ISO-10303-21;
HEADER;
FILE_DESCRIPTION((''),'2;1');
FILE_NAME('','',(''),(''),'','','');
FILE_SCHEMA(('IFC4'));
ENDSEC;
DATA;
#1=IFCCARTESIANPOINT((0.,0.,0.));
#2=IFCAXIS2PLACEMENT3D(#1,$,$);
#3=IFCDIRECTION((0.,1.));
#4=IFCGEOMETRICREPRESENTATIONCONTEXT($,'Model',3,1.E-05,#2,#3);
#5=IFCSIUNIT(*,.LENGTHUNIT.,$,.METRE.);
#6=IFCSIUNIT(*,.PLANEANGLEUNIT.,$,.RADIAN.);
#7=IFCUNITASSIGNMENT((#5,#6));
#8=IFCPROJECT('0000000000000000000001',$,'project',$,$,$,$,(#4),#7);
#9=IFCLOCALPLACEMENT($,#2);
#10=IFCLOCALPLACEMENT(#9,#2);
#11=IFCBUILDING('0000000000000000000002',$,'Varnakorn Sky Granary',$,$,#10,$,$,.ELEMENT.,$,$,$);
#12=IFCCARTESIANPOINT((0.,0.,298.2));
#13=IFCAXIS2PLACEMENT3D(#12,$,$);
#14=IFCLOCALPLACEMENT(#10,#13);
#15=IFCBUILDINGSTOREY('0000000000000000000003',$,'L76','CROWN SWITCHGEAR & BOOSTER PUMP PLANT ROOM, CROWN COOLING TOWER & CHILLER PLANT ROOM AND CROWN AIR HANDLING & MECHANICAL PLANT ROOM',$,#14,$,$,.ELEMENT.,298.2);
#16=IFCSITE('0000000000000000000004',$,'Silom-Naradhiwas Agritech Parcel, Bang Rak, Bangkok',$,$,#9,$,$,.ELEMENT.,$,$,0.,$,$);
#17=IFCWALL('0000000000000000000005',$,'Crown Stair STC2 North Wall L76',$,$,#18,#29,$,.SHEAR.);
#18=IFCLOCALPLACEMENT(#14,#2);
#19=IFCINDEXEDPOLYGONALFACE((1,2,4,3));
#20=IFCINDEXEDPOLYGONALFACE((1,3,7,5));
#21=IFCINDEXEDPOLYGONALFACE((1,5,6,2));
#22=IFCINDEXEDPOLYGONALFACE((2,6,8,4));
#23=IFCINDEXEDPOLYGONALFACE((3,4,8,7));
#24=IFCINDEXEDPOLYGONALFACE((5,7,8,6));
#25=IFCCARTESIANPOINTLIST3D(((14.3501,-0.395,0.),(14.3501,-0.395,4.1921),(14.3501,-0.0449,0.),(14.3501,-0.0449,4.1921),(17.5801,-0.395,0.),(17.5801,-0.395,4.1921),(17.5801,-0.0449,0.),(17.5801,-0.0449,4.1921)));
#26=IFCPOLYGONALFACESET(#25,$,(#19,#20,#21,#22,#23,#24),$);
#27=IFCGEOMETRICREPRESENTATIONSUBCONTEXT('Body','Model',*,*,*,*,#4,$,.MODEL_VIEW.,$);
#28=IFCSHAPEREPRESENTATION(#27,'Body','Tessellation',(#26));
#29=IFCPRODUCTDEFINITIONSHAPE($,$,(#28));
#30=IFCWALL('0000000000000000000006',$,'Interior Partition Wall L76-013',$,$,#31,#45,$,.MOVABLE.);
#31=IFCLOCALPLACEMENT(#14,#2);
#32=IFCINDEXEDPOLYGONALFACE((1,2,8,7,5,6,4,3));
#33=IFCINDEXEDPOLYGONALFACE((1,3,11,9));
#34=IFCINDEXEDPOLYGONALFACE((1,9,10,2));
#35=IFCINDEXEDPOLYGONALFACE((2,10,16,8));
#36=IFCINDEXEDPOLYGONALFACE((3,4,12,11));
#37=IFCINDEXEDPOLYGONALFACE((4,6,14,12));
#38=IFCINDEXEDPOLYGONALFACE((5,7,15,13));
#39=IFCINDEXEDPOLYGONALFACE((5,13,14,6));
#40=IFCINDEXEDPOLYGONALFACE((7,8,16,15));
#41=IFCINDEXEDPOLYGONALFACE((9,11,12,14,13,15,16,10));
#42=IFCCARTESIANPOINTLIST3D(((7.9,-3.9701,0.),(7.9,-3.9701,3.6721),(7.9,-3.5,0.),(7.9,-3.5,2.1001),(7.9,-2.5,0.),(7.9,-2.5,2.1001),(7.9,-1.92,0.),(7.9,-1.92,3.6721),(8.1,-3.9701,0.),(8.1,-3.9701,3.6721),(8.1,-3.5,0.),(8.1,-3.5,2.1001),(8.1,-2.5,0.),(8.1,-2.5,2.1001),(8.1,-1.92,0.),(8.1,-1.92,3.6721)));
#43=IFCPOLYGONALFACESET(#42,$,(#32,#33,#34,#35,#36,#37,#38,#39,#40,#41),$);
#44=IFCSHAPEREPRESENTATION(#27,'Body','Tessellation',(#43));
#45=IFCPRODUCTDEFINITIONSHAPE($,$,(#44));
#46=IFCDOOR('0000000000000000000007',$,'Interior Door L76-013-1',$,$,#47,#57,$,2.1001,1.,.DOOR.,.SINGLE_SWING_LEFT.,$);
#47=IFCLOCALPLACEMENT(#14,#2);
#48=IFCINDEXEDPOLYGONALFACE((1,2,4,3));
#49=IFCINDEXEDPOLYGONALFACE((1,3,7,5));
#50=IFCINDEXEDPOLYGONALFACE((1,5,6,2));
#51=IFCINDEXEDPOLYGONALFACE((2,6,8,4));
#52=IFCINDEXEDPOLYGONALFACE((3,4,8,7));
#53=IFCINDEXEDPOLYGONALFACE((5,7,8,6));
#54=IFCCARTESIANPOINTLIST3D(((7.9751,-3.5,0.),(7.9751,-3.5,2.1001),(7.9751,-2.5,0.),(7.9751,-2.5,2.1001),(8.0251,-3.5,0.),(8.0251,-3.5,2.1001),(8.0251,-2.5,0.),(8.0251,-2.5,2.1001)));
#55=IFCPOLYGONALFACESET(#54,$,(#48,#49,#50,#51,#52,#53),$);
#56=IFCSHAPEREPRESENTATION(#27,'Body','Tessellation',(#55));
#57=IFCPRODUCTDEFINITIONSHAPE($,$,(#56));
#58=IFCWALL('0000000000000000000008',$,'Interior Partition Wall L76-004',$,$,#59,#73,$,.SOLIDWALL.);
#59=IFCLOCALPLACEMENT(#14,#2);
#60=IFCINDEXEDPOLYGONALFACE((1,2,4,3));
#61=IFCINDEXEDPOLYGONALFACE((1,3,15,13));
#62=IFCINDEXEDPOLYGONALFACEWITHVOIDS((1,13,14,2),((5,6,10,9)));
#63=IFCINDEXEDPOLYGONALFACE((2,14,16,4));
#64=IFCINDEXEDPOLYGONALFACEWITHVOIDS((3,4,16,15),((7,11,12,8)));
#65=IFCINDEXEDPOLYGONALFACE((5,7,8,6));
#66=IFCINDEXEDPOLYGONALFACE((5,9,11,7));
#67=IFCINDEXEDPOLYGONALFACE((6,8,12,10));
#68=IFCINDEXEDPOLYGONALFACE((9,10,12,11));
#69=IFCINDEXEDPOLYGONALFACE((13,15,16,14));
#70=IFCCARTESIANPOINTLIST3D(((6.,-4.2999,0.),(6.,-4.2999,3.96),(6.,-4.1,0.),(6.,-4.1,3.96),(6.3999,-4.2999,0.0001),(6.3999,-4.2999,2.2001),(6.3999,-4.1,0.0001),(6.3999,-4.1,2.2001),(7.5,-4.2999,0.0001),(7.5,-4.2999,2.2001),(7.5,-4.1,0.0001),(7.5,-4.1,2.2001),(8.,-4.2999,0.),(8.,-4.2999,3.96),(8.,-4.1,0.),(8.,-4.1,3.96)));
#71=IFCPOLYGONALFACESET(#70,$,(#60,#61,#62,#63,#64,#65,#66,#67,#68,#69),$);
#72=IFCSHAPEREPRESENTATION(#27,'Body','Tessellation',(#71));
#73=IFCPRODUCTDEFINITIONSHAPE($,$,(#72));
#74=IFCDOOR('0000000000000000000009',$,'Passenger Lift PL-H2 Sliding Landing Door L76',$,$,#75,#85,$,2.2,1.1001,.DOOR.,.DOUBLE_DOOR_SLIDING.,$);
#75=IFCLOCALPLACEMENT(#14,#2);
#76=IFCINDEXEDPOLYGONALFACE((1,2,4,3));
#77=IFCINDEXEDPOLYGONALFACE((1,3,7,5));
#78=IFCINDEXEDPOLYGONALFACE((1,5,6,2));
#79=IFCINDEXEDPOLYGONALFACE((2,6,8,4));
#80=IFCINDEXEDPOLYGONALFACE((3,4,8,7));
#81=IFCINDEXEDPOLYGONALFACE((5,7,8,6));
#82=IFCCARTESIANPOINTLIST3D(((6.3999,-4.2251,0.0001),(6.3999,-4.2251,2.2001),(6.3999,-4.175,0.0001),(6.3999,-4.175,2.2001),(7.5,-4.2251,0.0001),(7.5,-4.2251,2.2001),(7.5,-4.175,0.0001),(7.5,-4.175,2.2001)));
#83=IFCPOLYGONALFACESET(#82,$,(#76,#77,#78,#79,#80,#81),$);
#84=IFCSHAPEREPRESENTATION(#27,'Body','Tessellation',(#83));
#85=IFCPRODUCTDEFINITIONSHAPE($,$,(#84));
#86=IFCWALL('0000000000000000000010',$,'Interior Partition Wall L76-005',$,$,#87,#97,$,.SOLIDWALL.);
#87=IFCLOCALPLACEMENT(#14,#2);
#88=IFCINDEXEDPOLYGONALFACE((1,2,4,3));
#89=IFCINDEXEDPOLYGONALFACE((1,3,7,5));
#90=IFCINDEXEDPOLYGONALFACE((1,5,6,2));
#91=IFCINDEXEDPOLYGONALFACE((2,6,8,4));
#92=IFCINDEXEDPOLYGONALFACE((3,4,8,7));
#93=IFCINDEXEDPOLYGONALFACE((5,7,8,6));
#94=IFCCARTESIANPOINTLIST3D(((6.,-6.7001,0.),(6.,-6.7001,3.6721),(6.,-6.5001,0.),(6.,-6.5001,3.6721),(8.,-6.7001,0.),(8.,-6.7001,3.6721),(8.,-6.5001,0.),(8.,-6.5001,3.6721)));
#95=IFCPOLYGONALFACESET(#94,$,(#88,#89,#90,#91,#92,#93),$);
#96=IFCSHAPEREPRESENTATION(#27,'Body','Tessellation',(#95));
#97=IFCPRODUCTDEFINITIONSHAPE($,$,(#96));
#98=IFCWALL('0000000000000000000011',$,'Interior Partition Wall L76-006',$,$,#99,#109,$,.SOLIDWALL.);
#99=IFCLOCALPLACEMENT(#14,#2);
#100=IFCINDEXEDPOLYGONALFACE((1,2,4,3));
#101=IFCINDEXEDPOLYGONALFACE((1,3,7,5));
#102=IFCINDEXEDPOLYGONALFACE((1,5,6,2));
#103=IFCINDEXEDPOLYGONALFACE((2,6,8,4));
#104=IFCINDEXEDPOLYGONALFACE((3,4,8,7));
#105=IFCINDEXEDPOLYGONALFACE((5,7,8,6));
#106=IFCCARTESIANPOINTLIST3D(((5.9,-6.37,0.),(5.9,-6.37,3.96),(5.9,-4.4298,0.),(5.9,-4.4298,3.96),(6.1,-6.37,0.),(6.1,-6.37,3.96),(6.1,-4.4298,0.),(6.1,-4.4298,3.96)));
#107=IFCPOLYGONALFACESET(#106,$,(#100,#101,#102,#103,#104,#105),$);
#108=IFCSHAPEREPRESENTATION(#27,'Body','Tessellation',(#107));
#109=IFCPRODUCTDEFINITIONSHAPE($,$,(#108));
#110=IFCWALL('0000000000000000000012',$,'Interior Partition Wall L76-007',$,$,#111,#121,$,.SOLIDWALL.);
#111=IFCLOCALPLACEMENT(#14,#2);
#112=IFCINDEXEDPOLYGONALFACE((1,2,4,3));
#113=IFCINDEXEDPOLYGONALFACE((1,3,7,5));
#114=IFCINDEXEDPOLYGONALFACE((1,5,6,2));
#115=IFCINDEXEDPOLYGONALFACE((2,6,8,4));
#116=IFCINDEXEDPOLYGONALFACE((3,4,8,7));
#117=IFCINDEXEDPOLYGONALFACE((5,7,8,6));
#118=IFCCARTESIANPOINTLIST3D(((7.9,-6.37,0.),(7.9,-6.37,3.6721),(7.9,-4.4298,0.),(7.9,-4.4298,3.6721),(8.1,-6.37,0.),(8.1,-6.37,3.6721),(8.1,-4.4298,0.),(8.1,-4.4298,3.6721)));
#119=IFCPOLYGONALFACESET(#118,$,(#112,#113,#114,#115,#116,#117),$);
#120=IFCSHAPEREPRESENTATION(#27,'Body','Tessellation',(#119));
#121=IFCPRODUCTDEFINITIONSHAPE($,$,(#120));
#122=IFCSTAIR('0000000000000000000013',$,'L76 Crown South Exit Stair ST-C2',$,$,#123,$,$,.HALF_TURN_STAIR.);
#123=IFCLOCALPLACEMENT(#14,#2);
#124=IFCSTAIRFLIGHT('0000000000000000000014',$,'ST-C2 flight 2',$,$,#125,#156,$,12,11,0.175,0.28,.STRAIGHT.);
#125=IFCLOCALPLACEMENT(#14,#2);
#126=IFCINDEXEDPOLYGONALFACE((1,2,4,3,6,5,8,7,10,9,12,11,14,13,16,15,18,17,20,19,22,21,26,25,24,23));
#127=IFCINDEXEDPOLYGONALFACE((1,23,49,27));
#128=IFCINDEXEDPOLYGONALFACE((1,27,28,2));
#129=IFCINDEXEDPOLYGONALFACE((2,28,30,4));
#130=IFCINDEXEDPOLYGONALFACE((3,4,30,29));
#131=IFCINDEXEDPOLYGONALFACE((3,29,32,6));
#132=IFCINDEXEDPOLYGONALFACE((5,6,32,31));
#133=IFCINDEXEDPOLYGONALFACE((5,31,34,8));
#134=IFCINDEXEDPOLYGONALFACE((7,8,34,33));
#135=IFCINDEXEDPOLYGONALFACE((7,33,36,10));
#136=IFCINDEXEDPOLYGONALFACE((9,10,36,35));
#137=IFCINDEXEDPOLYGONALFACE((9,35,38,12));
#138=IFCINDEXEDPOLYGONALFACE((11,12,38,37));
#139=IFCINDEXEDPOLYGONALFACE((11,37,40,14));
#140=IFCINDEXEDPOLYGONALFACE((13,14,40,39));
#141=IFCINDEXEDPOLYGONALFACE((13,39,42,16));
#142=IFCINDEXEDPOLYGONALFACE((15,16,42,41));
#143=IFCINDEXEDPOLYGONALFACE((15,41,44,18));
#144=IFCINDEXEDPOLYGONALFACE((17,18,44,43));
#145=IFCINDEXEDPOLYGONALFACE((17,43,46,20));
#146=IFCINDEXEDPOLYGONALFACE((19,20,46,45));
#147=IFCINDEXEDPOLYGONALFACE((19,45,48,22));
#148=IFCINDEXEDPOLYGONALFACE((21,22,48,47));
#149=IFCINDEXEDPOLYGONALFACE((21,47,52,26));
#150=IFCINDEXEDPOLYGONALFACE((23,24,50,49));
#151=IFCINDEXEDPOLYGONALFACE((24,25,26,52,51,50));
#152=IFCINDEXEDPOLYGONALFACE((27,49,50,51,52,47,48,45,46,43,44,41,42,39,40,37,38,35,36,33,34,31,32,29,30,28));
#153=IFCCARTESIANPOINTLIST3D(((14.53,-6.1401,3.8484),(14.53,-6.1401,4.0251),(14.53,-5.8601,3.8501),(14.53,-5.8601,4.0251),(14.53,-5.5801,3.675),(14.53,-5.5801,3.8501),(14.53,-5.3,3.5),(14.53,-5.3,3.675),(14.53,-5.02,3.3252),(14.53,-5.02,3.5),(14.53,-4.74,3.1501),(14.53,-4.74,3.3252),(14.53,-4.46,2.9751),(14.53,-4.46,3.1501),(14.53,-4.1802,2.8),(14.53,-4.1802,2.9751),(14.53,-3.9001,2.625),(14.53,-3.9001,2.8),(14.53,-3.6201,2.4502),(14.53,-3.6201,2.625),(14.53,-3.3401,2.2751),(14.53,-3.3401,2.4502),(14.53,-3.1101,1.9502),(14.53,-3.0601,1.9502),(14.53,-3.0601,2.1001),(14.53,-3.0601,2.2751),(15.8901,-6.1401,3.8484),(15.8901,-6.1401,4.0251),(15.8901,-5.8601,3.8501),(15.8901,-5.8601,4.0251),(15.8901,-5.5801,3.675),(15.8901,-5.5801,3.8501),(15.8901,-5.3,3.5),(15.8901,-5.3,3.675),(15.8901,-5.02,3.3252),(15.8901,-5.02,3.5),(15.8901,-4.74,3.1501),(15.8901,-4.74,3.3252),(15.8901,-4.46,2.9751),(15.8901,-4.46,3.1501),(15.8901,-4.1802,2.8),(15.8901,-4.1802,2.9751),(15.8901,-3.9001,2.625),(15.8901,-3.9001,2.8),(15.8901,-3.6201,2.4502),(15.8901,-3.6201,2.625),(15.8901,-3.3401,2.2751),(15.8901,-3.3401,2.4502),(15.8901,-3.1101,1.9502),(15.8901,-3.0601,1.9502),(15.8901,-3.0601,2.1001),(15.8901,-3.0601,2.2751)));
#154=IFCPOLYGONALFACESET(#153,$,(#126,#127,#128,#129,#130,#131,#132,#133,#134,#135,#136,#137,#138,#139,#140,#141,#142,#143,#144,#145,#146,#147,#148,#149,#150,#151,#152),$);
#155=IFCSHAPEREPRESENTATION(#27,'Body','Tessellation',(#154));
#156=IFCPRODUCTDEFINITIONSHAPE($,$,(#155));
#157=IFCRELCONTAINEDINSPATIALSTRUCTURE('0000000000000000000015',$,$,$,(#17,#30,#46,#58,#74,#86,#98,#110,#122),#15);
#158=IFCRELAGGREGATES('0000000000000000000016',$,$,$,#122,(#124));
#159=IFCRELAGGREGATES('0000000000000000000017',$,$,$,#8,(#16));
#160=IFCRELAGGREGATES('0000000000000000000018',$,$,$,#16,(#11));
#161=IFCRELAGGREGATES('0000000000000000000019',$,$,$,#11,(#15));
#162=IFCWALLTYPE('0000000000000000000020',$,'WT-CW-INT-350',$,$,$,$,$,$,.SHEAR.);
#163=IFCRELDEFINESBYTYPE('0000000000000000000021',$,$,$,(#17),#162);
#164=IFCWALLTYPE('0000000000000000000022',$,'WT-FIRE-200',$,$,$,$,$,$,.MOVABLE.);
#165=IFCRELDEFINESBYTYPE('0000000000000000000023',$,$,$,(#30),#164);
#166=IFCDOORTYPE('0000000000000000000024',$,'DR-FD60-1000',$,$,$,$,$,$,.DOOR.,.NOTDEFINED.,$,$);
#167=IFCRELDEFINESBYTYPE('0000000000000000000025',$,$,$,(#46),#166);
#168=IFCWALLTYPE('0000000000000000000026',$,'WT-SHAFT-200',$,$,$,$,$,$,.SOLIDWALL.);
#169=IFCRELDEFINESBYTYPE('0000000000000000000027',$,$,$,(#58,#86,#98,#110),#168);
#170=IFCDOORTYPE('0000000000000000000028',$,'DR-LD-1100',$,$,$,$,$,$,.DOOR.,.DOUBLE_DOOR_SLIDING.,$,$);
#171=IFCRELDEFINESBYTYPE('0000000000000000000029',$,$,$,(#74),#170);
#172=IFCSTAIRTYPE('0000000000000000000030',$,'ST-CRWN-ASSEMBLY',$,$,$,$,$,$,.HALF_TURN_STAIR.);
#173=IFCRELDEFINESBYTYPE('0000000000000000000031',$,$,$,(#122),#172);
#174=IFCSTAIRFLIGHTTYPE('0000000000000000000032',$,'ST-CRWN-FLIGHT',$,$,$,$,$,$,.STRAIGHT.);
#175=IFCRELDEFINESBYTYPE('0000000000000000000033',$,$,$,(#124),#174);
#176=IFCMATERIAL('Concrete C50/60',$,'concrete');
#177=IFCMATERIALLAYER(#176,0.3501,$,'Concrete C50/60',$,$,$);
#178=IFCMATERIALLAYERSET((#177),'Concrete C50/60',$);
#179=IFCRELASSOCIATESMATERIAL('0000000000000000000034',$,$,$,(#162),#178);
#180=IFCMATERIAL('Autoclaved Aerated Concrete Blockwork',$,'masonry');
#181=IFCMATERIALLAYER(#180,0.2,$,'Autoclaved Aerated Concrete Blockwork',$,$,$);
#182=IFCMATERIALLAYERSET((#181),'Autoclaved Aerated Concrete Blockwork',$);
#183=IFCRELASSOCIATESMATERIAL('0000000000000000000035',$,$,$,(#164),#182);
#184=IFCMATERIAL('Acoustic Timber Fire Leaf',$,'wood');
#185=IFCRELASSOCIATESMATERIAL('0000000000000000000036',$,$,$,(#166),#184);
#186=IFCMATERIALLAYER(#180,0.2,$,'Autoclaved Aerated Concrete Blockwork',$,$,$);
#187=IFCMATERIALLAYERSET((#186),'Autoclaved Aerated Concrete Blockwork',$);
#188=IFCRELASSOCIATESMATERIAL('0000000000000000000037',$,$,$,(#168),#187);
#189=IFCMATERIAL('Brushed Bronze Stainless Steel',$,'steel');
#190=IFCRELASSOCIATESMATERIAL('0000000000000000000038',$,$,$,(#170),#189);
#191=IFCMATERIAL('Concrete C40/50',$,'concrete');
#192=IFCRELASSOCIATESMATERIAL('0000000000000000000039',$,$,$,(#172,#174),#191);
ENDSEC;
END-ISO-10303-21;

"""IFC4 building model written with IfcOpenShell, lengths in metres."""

from ifc_helpers import new_model, si_unit, direction, frame, frame_2d, origin, place, context, subcontext, project, spatial, polyline, rectangle, outline, extrude, material, layer, layer_set, type_object, element, fill, aggregate, save


model = new_model("IFC4")

# Units and contexts
model_context = context("Model", 3, precision=1e-05, world=origin(), true_north=direction((0.0, 1.0)))
body_context = subcontext(model_context, "Body", "Model", "MODEL_VIEW")
ifc_project = project(units=[si_unit("LENGTHUNIT", "METRE"), si_unit("PLANEANGLEUNIT", "RADIAN")], contexts=[model_context])

# Site, building, storey
site_placement = place(None, origin())
site = spatial("IfcSite", under=ifc_project, at=site_placement, Name="Silom-Naradhiwas Agritech Parcel, Bang Rak, Bangkok", CompositionType="ELEMENT", RefElevation=0.0)
building_placement = place(site_placement, origin())
building = spatial("IfcBuilding", under=site, at=building_placement, Name="Varnakorn Sky Granary", CompositionType="ELEMENT")
storey_placement = place(building_placement, frame((0.0, 0.0, 298.2)))
storey = spatial("IfcBuildingStorey", under=building, at=storey_placement, Name="L76", Description="CROWN SWITCHGEAR & BOOSTER PUMP PLANT ROOM, CROWN COOLING TOWER & CHILLER PLANT ROOM AND CROWN AIR HANDLING & MECHANICAL PLANT ROOM", CompositionType="ELEMENT", Elevation=298.2)

# Shared definitions
ifc_material_1 = material(Name="Concrete C50/60", Category="concrete")

# Wall
ifc_layer_1 = layer(ifc_material_1, 0.3501, Name="Concrete C50/60")
ifc_layer_set_1 = layer_set([ifc_layer_1], Name="Concrete C50/60")
wall_type_1 = type_object("IfcWallType", Name="WT-CW-INT-350", PredefinedType="SHEAR", material=ifc_layer_set_1)
for number, where, z_axis, x_axis, name in (
    (1, (14.3501, -0.22, 0.0), (0.0, 0.0, 1.0), (1.0, 0.0, 0.0), "Crown Stair STC2 North Wall L76"),
):
    element("IfcWall", number, at=place(storey_placement, frame(where, z_axis=z_axis, x_axis=x_axis)), inside=storey, type_object=wall_type_1, Name=name, PredefinedType="SHEAR", context=body_context, shape_type="SweptSolid", body=[
        extrude(rectangle(XDim=3.23, YDim=0.3501, at=frame_2d((1.615, 0.0))), origin(), (0.0, 0.0, 1.0), 4.1921),
    ])

# Walls, openings, doors
ifc_material_2 = material(Name="Autoclaved Aerated Concrete Blockwork", Category="masonry")
ifc_layer_2 = layer(ifc_material_2, 0.2, Name="Autoclaved Aerated Concrete Blockwork")
ifc_layer_set_2 = layer_set([ifc_layer_2], Name="Autoclaved Aerated Concrete Blockwork")
wall_type_2 = type_object("IfcWallType", Name="WT-FIRE-200", PredefinedType="MOVABLE", material=ifc_layer_set_2)
wall_1_placement = place(storey_placement, frame((8.0, -3.97, 0.0), z_axis=(0.0, 0.0, 1.0), x_axis=(0.0, 1.0, 0.0)))
wall_1 = element("IfcWall", 2, at=wall_1_placement, inside=storey, type_object=wall_type_2, Name="Interior Partition Wall L76-013", PredefinedType="MOVABLE", context=body_context, shape_type="SweptSolid", body=[
    extrude(rectangle(XDim=2.05, YDim=0.2, at=frame_2d((1.0249, 0.0))), origin(), (0.0, 0.0, 1.0), 3.6721),
])
opening_1_placement = place(wall_1_placement, frame((0.47, 0.0, 0.0)))
opening_1 = element("IfcOpeningElement", 3, at=opening_1_placement, cuts=wall_1, PredefinedType="OPENING", context=body_context, shape_type="SweptSolid", body=[
    extrude(rectangle(XDim=1.0, YDim=2.1001, at=frame_2d((0.5, 1.05))), frame((0.0, 0.1099, 0.0), z_axis=(0.0, -1.0, 0.0), x_axis=(1.0, 0.0, 0.0)), (0.0, 0.0, 1.0), 0.22),
])
ifc_material_3 = material(Name="Acoustic Timber Fire Leaf", Category="wood")
door_type_1 = type_object("IfcDoorType", Name="DR-FD60-1000", OperationType="NOTDEFINED", PredefinedType="DOOR", material=ifc_material_3)
door_1_placement = place(opening_1_placement, origin())
door_1 = element("IfcDoor", 4, at=door_1_placement, inside=storey, type_object=door_type_1, Name="Interior Door L76-013-1", OperationType="SINGLE_SWING_LEFT", OverallHeight=2.1001, OverallWidth=1.0, PredefinedType="DOOR", context=body_context, shape_type="SweptSolid", body=[
    extrude(rectangle(XDim=1.0, YDim=2.1001, at=frame_2d((0.5, 1.05))), frame((0.0, 0.0249, 0.0), z_axis=(0.0, -1.0, 0.0), x_axis=(1.0, 0.0, 0.0)), (0.0, 0.0, 1.0), 0.05),
])
fill(opening_1, door_1)
ifc_layer_3 = layer(ifc_material_2, 0.2, Name="Autoclaved Aerated Concrete Blockwork")
ifc_layer_set_3 = layer_set([ifc_layer_3], Name="Autoclaved Aerated Concrete Blockwork")
wall_type_3 = type_object("IfcWallType", Name="WT-SHAFT-200", PredefinedType="SOLIDWALL", material=ifc_layer_set_3)
wall_2_placement = place(storey_placement, frame((6.0, -4.2, 0.0), z_axis=(0.0, 0.0, 1.0), x_axis=(1.0, 0.0, 0.0)))
wall_2 = element("IfcWall", 5, at=wall_2_placement, inside=storey, type_object=wall_type_3, Name="Interior Partition Wall L76-004", PredefinedType="SOLIDWALL", context=body_context, shape_type="SweptSolid", body=[
    extrude(rectangle(XDim=2.0, YDim=0.2, at=frame_2d((1.0, 0.0))), origin(), (0.0, 0.0, 1.0), 3.96),
])
opening_2_placement = place(wall_2_placement, frame((0.3999, 0.0, 0.0)))
opening_2 = element("IfcOpeningElement", 6, at=opening_2_placement, cuts=wall_2, PredefinedType="OPENING", context=body_context, shape_type="SweptSolid", body=[
    extrude(rectangle(XDim=1.1001, YDim=2.2, at=frame_2d((0.55, 1.1001))), frame((0.0, 0.1099, 0.0), z_axis=(0.0, -1.0, 0.0), x_axis=(1.0, 0.0, 0.0)), (0.0, 0.0, 1.0), 0.22),
])
ifc_material_4 = material(Name="Brushed Bronze Stainless Steel", Category="steel")
door_type_2 = type_object("IfcDoorType", Name="DR-LD-1100", OperationType="DOUBLE_DOOR_SLIDING", PredefinedType="DOOR", material=ifc_material_4)
door_2_placement = place(opening_2_placement, origin())
door_2 = element("IfcDoor", 7, at=door_2_placement, inside=storey, type_object=door_type_2, Name="Passenger Lift PL-H2 Sliding Landing Door L76", OperationType="DOUBLE_DOOR_SLIDING", OverallHeight=2.2, OverallWidth=1.1001, PredefinedType="DOOR", context=body_context, shape_type="SweptSolid", body=[
    extrude(rectangle(XDim=1.1001, YDim=2.2, at=frame_2d((0.55, 1.1001))), frame((0.0, 0.0249, 0.0), z_axis=(0.0, -1.0, 0.0), x_axis=(1.0, 0.0, 0.0)), (0.0, 0.0, 1.0), 0.05),
])
fill(opening_2, door_2)

# Walls
wall_3_placement = place(storey_placement, frame((6.0, -6.6001, 0.0), z_axis=(0.0, 0.0, 1.0), x_axis=(1.0, 0.0, 0.0)))
element("IfcWall", 8, at=wall_3_placement, inside=storey, type_object=wall_type_3, Name="Interior Partition Wall L76-005", PredefinedType="SOLIDWALL", context=body_context, shape_type="SweptSolid", body=[
    extrude(rectangle(XDim=2.0, YDim=0.2, at=frame_2d((1.0, 0.0))), origin(), (0.0, 0.0, 1.0), 3.6721),
])
wall_4_placement = place(storey_placement, frame((6.0, -6.3701, 0.0), z_axis=(0.0, 0.0, 1.0), x_axis=(0.0, 1.0, 0.0)))
element("IfcWall", 9, at=wall_4_placement, inside=storey, type_object=wall_type_3, Name="Interior Partition Wall L76-006", PredefinedType="SOLIDWALL", context=body_context, shape_type="SweptSolid", body=[
    extrude(rectangle(XDim=1.9402, YDim=0.2, at=frame_2d((0.9702, 0.0))), origin(), (0.0, 0.0, 1.0), 3.96),
])
wall_5_placement = place(storey_placement, frame((8.0, -6.3701, 0.0), z_axis=(0.0, 0.0, 1.0), x_axis=(0.0, 1.0, 0.0)))
element("IfcWall", 10, at=wall_5_placement, inside=storey, type_object=wall_type_3, Name="Interior Partition Wall L76-007", PredefinedType="SOLIDWALL", context=body_context, shape_type="SweptSolid", body=[
    extrude(rectangle(XDim=1.9402, YDim=0.2, at=frame_2d((0.9702, 0.0))), origin(), (0.0, 0.0, 1.0), 3.6721),
])

# Stair, stair flight
ifc_material_5 = material(Name="Concrete C40/50", Category="concrete")
stair_type = type_object("IfcStairType", Name="ST-CRWN-ASSEMBLY", PredefinedType="HALF_TURN_STAIR", material=ifc_material_5)
stair_placement = place(storey_placement, origin())
stair = element("IfcStair", 11, at=stair_placement, inside=storey, type_object=stair_type, Name="L76 Crown South Exit Stair ST-C2", PredefinedType="HALF_TURN_STAIR")
stair_flight_type = type_object("IfcStairFlightType", Name="ST-CRWN-FLIGHT", PredefinedType="STRAIGHT", material=ifc_material_5)
stair_flight_placement = place(storey_placement, frame((15.21, -3.0601, 2.1001), z_axis=(0.0, 0.0, 1.0), x_axis=(0.0, -1.0, 0.0)))
stair_flight = element("IfcStairFlight", 12, at=stair_flight_placement, type_object=stair_flight_type, Name="ST-C2 flight 2", NumberOfRisers=12, NumberOfTreads=11, PredefinedType="STRAIGHT", RiserHeight=0.175, TreadLength=0.28, context=body_context, shape_type="SweptSolid", body=[
    extrude(outline(polyline([(0.0, -0.1499), (0.0, 0.0), (0.0, 0.175), (0.28, 0.175), (0.28, 0.3501), (0.5601, 0.3501), (0.5601, 0.5249), (0.8401, 0.5249), (0.8401, 0.7), (1.1201, 0.7), (1.1201, 0.875), (1.3999, 0.875), (1.3999, 1.05), (1.6799, 1.05), (1.6799, 1.2251), (1.96, 1.2251), (1.96, 1.3999), (2.24, 1.3999), (2.24, 1.575), (2.52, 1.575), (2.52, 1.75), (2.8, 1.75), (2.8, 1.925), (3.0801, 1.925), (3.0801, 2.1001), (3.0801, 1.7483), (0.05, -0.1499), (0.0, -0.1499)])), frame((0.0, 0.6802, 0.0), z_axis=(0.0, -1.0, 0.0), x_axis=(1.0, 0.0, 0.0)), (0.0, 0.0, 1.0), 1.3601),
])
aggregate(stair, [stair_flight])

save(model, "model.ifc")
